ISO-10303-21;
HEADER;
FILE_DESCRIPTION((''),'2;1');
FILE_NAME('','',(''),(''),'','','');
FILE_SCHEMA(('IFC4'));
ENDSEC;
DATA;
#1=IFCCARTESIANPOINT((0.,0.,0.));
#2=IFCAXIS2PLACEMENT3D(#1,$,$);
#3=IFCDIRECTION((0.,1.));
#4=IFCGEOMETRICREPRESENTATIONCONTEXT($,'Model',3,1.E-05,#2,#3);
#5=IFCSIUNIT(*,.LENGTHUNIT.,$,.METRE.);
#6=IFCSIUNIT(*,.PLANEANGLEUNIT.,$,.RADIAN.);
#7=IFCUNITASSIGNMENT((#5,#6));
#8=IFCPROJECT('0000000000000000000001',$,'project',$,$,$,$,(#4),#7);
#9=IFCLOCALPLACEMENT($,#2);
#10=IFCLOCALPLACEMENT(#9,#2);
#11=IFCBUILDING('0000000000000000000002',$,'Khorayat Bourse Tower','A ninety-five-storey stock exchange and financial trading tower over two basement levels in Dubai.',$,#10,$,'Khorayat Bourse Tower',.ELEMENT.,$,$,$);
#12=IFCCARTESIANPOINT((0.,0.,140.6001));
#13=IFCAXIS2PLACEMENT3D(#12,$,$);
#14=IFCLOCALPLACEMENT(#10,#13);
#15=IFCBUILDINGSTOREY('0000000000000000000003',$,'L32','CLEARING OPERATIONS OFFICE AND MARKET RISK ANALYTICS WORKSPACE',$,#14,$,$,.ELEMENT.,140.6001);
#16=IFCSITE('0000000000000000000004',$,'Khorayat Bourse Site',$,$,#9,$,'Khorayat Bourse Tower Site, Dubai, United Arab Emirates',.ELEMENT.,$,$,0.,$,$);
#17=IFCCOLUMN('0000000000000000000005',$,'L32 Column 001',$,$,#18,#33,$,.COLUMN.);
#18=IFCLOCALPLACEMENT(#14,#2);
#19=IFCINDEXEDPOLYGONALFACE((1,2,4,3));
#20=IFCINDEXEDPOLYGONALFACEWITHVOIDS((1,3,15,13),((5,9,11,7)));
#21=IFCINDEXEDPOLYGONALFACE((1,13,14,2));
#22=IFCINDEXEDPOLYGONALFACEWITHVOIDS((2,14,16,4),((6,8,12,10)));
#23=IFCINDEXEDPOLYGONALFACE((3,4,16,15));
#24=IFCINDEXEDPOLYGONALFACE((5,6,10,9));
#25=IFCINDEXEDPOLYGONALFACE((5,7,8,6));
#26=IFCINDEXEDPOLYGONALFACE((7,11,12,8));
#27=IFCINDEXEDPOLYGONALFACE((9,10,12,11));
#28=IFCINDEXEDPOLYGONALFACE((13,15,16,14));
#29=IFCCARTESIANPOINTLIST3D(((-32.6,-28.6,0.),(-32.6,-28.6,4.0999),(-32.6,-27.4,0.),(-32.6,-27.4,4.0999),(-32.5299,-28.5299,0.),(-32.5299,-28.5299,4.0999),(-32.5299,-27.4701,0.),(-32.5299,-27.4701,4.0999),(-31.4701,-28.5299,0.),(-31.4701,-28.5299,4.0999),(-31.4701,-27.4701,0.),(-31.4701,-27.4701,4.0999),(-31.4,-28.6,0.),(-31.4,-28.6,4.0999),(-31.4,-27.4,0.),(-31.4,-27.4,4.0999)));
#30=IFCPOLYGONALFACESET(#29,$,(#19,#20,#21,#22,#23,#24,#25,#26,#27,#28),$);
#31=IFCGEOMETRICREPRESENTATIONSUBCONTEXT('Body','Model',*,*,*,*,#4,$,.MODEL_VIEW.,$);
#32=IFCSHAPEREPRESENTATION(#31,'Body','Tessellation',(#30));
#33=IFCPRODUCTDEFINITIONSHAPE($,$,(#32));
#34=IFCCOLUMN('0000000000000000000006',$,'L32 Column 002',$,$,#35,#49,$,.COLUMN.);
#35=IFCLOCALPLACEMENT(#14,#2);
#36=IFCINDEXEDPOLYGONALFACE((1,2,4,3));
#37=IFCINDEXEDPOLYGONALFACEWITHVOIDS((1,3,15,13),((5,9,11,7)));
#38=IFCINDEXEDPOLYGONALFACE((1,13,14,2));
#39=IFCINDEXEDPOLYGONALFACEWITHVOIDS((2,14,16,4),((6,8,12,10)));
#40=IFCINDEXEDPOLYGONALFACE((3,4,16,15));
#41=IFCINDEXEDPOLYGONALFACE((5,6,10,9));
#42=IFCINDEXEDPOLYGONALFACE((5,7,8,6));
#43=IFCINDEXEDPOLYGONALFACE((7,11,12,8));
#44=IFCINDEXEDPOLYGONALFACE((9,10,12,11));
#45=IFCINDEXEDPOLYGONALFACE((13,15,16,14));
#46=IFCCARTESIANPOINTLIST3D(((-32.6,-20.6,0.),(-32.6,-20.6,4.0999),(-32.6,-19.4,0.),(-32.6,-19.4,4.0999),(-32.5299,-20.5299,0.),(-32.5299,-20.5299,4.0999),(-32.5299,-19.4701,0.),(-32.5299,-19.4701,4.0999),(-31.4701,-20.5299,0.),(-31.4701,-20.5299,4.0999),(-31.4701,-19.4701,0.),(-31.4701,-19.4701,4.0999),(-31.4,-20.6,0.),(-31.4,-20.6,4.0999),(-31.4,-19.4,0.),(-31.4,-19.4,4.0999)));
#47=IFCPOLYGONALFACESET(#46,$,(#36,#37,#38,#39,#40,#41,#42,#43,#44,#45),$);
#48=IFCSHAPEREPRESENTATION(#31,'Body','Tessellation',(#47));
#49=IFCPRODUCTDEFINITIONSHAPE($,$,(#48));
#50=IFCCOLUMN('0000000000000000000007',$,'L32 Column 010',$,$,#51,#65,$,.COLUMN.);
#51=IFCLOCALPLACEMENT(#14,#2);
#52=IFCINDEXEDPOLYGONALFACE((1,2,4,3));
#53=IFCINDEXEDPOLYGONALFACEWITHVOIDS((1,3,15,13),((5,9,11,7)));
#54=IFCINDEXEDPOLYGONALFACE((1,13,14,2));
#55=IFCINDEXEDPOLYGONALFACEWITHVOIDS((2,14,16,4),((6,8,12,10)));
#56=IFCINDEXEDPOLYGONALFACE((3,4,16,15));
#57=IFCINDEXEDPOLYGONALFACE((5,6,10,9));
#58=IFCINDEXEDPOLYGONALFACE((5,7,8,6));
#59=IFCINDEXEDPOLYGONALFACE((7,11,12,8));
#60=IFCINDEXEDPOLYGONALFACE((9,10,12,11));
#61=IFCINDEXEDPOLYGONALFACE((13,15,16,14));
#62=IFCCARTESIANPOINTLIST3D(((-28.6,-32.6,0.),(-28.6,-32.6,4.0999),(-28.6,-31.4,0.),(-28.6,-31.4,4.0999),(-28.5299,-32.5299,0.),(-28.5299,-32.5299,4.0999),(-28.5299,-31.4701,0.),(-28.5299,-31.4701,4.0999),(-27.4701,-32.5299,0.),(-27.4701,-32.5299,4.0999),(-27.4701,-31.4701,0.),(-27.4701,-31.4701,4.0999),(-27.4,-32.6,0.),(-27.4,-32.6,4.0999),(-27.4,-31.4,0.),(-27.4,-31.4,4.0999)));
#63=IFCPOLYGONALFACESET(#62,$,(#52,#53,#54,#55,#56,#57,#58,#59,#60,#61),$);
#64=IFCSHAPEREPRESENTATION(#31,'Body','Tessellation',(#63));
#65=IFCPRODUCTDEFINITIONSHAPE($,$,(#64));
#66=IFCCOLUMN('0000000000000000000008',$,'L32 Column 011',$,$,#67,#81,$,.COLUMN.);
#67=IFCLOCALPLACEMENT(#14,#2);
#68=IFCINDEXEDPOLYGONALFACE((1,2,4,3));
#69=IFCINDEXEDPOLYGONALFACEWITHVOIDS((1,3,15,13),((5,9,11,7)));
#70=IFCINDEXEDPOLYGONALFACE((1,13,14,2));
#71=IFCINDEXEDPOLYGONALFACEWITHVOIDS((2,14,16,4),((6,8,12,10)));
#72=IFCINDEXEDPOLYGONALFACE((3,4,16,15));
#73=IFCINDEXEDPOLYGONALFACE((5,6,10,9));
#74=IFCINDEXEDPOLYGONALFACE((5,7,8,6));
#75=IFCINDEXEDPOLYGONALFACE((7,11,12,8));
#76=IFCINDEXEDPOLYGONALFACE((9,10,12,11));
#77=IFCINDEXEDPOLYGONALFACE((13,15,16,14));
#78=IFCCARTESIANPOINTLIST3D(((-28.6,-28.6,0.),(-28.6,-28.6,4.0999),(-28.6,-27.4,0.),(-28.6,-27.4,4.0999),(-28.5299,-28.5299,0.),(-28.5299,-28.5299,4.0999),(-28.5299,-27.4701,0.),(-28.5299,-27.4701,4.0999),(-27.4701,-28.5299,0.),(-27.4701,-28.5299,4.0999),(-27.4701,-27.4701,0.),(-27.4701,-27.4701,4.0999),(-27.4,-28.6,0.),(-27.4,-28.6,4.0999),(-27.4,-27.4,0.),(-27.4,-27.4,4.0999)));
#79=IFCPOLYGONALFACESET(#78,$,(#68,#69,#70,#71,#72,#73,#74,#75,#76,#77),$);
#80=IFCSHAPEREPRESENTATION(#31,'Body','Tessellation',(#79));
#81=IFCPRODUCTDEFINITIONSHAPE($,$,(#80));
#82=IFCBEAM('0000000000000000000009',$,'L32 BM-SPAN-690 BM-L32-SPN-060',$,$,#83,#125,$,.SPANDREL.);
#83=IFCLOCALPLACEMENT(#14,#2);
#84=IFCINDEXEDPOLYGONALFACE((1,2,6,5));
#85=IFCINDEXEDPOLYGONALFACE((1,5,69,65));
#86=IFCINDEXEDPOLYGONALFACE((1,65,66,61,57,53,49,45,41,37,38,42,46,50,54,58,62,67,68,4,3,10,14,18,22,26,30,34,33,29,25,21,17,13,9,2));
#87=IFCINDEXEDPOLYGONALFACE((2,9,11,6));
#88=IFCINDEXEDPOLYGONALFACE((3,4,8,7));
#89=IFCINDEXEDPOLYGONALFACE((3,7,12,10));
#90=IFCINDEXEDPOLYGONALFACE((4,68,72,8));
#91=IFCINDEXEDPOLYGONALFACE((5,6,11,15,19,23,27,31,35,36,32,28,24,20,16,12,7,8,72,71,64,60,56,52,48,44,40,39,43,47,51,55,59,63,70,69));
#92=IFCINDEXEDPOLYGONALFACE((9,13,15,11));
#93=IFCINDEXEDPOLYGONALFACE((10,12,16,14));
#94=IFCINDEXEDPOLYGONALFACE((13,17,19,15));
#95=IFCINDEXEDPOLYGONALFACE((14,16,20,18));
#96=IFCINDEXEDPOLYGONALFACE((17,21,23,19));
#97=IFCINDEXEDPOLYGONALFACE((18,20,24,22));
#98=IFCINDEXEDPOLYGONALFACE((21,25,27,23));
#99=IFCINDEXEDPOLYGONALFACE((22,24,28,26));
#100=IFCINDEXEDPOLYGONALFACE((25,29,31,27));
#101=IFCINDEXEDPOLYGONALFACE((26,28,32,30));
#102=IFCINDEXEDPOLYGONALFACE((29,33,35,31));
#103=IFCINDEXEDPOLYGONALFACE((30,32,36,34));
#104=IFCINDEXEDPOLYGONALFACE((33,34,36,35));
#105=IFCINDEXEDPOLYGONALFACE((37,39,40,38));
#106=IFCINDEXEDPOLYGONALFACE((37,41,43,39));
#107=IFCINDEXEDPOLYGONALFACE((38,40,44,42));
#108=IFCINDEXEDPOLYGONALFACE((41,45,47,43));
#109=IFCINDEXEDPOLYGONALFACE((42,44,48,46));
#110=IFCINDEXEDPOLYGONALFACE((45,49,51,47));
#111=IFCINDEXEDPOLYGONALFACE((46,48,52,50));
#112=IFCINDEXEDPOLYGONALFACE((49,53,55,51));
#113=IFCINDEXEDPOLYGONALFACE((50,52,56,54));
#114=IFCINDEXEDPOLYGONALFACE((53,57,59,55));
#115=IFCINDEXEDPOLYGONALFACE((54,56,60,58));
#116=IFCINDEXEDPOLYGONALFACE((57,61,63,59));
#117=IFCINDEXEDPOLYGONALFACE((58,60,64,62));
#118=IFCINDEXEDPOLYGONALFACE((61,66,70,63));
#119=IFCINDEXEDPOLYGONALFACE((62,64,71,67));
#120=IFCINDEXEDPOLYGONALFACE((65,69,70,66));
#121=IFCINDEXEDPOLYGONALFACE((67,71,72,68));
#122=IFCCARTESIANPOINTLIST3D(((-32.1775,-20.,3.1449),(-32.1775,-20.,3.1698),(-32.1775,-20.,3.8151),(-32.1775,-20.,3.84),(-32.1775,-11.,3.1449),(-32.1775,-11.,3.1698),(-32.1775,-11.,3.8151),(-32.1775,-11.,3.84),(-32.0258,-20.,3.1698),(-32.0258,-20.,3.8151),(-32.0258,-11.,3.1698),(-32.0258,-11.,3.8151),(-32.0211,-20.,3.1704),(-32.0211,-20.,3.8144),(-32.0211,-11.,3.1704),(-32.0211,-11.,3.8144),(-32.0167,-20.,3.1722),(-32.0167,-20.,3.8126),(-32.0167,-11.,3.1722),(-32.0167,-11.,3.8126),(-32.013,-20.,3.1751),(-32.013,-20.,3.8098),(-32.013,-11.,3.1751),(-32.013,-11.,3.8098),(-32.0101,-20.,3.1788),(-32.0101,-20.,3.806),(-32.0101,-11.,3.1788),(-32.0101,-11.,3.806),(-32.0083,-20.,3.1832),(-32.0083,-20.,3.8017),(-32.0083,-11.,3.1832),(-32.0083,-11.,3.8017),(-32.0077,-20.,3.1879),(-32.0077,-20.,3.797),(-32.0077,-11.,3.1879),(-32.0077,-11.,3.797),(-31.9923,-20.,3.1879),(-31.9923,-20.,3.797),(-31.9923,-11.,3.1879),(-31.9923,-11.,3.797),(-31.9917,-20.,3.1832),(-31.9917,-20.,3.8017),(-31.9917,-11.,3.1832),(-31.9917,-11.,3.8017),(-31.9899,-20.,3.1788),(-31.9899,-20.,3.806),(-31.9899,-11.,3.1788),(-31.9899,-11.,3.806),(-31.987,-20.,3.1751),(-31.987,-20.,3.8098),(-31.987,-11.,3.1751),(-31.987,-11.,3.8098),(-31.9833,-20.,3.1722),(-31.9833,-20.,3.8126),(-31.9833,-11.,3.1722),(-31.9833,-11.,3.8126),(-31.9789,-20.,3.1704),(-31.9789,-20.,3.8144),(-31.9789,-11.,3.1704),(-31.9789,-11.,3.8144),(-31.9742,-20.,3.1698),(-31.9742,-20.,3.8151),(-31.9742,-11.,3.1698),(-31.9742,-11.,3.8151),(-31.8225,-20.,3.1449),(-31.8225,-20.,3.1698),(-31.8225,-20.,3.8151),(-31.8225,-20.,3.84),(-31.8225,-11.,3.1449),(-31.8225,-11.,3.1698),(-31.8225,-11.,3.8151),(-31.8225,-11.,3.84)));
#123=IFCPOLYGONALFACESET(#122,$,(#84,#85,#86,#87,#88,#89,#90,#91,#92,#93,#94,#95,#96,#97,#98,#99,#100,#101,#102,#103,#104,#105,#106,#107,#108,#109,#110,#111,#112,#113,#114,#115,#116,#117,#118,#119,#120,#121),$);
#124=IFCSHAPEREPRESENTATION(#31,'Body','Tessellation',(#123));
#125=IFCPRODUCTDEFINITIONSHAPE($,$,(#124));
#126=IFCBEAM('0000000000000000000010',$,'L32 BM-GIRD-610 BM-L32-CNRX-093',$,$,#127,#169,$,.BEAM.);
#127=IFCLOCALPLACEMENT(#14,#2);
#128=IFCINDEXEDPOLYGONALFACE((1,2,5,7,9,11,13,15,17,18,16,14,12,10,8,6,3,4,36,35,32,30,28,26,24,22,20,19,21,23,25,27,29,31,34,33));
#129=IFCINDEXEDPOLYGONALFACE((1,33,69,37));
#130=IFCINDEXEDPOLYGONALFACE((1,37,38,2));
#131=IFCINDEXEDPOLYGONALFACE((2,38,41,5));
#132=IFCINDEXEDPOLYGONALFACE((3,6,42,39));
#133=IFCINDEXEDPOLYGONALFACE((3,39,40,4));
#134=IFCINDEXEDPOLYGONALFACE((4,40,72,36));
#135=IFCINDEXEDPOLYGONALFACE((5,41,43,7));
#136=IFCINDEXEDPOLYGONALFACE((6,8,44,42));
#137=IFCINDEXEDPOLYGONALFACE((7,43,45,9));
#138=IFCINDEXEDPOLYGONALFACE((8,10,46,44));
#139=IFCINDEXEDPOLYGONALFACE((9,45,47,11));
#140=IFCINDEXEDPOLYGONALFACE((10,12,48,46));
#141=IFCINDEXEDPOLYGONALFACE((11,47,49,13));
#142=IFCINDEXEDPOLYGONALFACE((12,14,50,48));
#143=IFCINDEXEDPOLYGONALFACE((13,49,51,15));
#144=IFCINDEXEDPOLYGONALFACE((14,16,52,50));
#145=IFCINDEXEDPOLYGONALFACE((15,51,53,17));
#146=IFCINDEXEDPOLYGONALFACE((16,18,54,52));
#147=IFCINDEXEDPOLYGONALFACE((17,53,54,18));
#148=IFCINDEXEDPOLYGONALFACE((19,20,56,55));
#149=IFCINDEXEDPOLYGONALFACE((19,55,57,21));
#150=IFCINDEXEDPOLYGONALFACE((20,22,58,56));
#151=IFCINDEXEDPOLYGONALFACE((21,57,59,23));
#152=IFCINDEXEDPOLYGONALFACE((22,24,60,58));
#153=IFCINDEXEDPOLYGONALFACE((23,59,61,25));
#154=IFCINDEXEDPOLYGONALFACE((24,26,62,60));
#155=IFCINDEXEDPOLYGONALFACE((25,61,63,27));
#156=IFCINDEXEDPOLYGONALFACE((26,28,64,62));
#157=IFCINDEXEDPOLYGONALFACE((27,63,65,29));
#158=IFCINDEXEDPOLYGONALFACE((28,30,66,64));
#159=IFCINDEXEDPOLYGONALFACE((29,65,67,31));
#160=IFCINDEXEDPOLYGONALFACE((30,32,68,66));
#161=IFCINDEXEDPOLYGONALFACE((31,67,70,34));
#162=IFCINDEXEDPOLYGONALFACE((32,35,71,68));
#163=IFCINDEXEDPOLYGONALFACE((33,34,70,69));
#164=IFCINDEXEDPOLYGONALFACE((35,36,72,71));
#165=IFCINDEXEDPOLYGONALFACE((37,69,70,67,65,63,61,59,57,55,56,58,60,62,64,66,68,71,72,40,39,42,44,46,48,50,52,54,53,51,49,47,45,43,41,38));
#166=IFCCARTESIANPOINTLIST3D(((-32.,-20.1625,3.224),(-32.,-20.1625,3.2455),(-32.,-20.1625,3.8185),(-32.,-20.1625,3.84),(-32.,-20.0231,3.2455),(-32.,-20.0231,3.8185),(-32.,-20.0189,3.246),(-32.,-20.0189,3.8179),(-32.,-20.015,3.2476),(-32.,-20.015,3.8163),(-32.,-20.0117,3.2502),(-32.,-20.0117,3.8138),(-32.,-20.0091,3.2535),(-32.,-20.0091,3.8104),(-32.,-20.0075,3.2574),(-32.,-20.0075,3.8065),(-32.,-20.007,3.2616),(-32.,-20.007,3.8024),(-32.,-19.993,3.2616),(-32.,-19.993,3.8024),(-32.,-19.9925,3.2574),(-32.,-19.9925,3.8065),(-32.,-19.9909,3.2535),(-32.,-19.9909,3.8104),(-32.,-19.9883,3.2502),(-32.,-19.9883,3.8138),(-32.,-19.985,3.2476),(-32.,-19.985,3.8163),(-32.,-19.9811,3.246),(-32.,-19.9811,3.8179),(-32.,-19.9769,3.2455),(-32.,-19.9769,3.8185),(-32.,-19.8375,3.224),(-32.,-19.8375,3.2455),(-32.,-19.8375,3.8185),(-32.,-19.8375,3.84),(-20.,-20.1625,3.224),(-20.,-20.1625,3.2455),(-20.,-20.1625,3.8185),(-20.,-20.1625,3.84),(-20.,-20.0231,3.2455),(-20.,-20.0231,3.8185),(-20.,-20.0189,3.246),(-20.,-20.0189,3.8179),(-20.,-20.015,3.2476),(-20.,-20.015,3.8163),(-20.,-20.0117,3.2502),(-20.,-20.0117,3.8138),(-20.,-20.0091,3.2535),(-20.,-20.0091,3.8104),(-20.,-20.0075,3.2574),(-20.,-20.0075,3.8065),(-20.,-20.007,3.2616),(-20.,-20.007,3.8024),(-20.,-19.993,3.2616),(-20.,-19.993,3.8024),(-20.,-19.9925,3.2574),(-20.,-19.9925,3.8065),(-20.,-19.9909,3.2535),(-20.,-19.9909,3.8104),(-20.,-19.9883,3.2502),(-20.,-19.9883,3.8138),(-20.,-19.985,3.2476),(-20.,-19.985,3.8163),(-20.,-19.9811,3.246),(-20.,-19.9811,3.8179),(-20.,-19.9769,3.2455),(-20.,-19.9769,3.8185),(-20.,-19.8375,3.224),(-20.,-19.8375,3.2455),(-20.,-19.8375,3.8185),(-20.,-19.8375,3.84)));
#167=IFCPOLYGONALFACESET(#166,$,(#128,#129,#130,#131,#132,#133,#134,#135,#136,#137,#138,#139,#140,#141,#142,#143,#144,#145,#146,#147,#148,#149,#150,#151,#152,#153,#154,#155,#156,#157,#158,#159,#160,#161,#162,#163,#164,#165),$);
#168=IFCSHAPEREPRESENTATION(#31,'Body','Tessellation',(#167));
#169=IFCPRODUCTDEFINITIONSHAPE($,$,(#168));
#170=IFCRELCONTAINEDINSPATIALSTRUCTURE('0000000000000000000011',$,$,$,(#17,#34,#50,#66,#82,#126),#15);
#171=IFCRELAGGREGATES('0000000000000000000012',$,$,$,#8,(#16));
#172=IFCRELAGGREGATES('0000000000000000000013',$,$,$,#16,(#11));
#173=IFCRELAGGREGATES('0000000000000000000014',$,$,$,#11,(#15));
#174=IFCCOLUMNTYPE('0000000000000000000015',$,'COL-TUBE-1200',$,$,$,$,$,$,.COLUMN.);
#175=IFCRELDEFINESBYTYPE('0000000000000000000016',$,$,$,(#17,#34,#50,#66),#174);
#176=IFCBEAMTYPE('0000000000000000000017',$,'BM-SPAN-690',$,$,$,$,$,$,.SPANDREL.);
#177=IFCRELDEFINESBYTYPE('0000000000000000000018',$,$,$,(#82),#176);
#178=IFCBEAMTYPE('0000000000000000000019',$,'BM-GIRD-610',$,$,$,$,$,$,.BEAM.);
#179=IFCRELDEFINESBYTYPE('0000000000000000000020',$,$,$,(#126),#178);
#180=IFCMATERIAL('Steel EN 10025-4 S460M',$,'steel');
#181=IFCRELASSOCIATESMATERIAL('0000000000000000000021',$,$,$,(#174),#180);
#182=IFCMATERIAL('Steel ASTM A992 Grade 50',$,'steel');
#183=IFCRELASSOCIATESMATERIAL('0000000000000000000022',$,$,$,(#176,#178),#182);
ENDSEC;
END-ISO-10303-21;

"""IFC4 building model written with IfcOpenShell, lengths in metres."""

from ifc_helpers import new_model, si_unit, direction, frame, origin, origin_2d, place, context, subcontext, project, spatial, hollow_rectangle, i_section, extrude, source, transform, mapped, material, material_profile, profile_set, type_object, element, save


model = new_model("IFC4")

# Units and contexts
model_context = context("Model", 3, precision=1e-05, world=origin(), true_north=direction((0.0, 1.0)))
body_context = subcontext(model_context, "Body", "Model", "MODEL_VIEW")
ifc_project = project(units=[si_unit("LENGTHUNIT", "METRE"), si_unit("PLANEANGLEUNIT", "RADIAN")], contexts=[model_context])

# Site, building, storey
site_placement = place(None, origin())
site = spatial("IfcSite", under=ifc_project, at=site_placement, Name="Khorayat Bourse Site", LongName="Khorayat Bourse Tower Site, Dubai, United Arab Emirates", CompositionType="ELEMENT", RefElevation=0.0)
building_placement = place(site_placement, origin())
building = spatial("IfcBuilding", under=site, at=building_placement, Name="Khorayat Bourse Tower", Description="A ninety-five-storey stock exchange and financial trading tower over two basement levels in Dubai.", LongName="Khorayat Bourse Tower", CompositionType="ELEMENT")
storey_placement = place(building_placement, frame((0.0, 0.0, 140.6001)))
storey = spatial("IfcBuildingStorey", under=building, at=storey_placement, Name="L32", Description="CLEARING OPERATIONS OFFICE AND MARKET RISK ANALYTICS WORKSPACE", CompositionType="ELEMENT", Elevation=140.6001)

# Columns
ifc_material_1 = material(Name="Steel EN 10025-4 S460M", Category="steel")
ifc_material_profile_1 = material_profile(ifc_material_1, hollow_rectangle(XDim=1.2, YDim=1.2, WallThickness=0.0701, at=origin_2d()), Name="BOX 1200x1200x70")
ifc_profile_set_1 = profile_set([ifc_material_profile_1], Name="Steel EN 10025-4 S460M")
column_type = type_object("IfcColumnType", Name="COL-TUBE-1200", PredefinedType="COLUMN", material=ifc_profile_set_1)
shared_shape_1 = source(origin(), body_context, "Body", "SweptSolid", [
    extrude(hollow_rectangle(XDim=1.2, YDim=1.2, WallThickness=0.0701, at=origin_2d()), origin(), (0.0, 0.0, 1.0), 4.0999),
])
for number, where, z_axis, x_axis, name in (
    (1, (-32.0, -28.0, 0.0), (0.0, 0.0, 1.0), (1.0, 0.0, 0.0), "L32 Column 001"),
    (2, (-32.0, -20.0, 0.0), (0.0, 0.0, 1.0), (1.0, 0.0, 0.0), "L32 Column 002"),
    (3, (-28.0, -32.0, 0.0), (0.0, 0.0, 1.0), (1.0, 0.0, 0.0), "L32 Column 010"),
    (4, (-28.0, -28.0, 0.0), (0.0, 0.0, 1.0), (1.0, 0.0, 0.0), "L32 Column 011"),
):
    element("IfcColumn", number, at=place(storey_placement, frame(where, z_axis=z_axis, x_axis=x_axis)), inside=storey, type_object=column_type, Name=name, PredefinedType="COLUMN", context=body_context, shape_type="MappedRepresentation", body=[
        mapped(shared_shape_1, transform((0.0, 0.0, 0.0), scale=1.0)),
    ])

# Beams
ifc_material_2 = material(Name="Steel ASTM A992 Grade 50", Category="steel")
ifc_material_profile_2 = material_profile(ifc_material_2, i_section(OverallWidth=0.355, OverallDepth=0.6951, WebThickness=0.0154, FlangeThickness=0.0249, FilletRadius=0.0181, at=origin_2d()), Name="W690X217")
ifc_profile_set_2 = profile_set([ifc_material_profile_2], Name="Steel ASTM A992 Grade 50")
beam_type_1 = type_object("IfcBeamType", Name="BM-SPAN-690", PredefinedType="SPANDREL", material=ifc_profile_set_2)
shared_shape_2 = source(origin(), body_context, "Body", "SweptSolid", [
    extrude(i_section(OverallWidth=0.355, OverallDepth=0.6951, WebThickness=0.0154, FlangeThickness=0.0249, FilletRadius=0.0181, at=origin_2d()), origin(), (0.0, 0.0, 1.0), 9.0),
])
beam_1_placement = place(storey_placement, frame((-32.0, -20.0, 3.4924), z_axis=(0.0, 1.0, 0.0), x_axis=(-1.0, 0.0, 0.0)))
element("IfcBeam", 5, at=beam_1_placement, inside=storey, type_object=beam_type_1, Name="L32 BM-SPAN-690 BM-L32-SPN-060", PredefinedType="SPANDREL", context=body_context, shape_type="MappedRepresentation", body=[
    mapped(shared_shape_2, transform((0.0, 0.0, 0.0), scale=1.0)),
])
ifc_material_profile_3 = material_profile(ifc_material_2, i_section(OverallWidth=0.325, OverallDepth=0.616, WebThickness=0.0139, FlangeThickness=0.0215, FilletRadius=0.0161, at=origin_2d()), Name="W610X174")
ifc_profile_set_3 = profile_set([ifc_material_profile_3], Name="Steel ASTM A992 Grade 50")
beam_type_2 = type_object("IfcBeamType", Name="BM-GIRD-610", PredefinedType="BEAM", material=ifc_profile_set_3)
shared_shape_3 = source(origin(), body_context, "Body", "SweptSolid", [
    extrude(i_section(OverallWidth=0.325, OverallDepth=0.616, WebThickness=0.0139, FlangeThickness=0.0215, FilletRadius=0.0161, at=origin_2d()), origin(), (0.0, 0.0, 1.0), 12.0),
])
beam_2_placement = place(storey_placement, frame((-32.0, -20.0, 3.532), z_axis=(1.0, 0.0, 0.0), x_axis=(0.0, 1.0, 0.0)))
element("IfcBeam", 6, at=beam_2_placement, inside=storey, type_object=beam_type_2, Name="L32 BM-GIRD-610 BM-L32-CNRX-093", PredefinedType="BEAM", context=body_context, shape_type="MappedRepresentation", body=[
    mapped(shared_shape_3, transform((0.0, 0.0, 0.0), scale=1.0)),
])

save(model, "model.ifc")
